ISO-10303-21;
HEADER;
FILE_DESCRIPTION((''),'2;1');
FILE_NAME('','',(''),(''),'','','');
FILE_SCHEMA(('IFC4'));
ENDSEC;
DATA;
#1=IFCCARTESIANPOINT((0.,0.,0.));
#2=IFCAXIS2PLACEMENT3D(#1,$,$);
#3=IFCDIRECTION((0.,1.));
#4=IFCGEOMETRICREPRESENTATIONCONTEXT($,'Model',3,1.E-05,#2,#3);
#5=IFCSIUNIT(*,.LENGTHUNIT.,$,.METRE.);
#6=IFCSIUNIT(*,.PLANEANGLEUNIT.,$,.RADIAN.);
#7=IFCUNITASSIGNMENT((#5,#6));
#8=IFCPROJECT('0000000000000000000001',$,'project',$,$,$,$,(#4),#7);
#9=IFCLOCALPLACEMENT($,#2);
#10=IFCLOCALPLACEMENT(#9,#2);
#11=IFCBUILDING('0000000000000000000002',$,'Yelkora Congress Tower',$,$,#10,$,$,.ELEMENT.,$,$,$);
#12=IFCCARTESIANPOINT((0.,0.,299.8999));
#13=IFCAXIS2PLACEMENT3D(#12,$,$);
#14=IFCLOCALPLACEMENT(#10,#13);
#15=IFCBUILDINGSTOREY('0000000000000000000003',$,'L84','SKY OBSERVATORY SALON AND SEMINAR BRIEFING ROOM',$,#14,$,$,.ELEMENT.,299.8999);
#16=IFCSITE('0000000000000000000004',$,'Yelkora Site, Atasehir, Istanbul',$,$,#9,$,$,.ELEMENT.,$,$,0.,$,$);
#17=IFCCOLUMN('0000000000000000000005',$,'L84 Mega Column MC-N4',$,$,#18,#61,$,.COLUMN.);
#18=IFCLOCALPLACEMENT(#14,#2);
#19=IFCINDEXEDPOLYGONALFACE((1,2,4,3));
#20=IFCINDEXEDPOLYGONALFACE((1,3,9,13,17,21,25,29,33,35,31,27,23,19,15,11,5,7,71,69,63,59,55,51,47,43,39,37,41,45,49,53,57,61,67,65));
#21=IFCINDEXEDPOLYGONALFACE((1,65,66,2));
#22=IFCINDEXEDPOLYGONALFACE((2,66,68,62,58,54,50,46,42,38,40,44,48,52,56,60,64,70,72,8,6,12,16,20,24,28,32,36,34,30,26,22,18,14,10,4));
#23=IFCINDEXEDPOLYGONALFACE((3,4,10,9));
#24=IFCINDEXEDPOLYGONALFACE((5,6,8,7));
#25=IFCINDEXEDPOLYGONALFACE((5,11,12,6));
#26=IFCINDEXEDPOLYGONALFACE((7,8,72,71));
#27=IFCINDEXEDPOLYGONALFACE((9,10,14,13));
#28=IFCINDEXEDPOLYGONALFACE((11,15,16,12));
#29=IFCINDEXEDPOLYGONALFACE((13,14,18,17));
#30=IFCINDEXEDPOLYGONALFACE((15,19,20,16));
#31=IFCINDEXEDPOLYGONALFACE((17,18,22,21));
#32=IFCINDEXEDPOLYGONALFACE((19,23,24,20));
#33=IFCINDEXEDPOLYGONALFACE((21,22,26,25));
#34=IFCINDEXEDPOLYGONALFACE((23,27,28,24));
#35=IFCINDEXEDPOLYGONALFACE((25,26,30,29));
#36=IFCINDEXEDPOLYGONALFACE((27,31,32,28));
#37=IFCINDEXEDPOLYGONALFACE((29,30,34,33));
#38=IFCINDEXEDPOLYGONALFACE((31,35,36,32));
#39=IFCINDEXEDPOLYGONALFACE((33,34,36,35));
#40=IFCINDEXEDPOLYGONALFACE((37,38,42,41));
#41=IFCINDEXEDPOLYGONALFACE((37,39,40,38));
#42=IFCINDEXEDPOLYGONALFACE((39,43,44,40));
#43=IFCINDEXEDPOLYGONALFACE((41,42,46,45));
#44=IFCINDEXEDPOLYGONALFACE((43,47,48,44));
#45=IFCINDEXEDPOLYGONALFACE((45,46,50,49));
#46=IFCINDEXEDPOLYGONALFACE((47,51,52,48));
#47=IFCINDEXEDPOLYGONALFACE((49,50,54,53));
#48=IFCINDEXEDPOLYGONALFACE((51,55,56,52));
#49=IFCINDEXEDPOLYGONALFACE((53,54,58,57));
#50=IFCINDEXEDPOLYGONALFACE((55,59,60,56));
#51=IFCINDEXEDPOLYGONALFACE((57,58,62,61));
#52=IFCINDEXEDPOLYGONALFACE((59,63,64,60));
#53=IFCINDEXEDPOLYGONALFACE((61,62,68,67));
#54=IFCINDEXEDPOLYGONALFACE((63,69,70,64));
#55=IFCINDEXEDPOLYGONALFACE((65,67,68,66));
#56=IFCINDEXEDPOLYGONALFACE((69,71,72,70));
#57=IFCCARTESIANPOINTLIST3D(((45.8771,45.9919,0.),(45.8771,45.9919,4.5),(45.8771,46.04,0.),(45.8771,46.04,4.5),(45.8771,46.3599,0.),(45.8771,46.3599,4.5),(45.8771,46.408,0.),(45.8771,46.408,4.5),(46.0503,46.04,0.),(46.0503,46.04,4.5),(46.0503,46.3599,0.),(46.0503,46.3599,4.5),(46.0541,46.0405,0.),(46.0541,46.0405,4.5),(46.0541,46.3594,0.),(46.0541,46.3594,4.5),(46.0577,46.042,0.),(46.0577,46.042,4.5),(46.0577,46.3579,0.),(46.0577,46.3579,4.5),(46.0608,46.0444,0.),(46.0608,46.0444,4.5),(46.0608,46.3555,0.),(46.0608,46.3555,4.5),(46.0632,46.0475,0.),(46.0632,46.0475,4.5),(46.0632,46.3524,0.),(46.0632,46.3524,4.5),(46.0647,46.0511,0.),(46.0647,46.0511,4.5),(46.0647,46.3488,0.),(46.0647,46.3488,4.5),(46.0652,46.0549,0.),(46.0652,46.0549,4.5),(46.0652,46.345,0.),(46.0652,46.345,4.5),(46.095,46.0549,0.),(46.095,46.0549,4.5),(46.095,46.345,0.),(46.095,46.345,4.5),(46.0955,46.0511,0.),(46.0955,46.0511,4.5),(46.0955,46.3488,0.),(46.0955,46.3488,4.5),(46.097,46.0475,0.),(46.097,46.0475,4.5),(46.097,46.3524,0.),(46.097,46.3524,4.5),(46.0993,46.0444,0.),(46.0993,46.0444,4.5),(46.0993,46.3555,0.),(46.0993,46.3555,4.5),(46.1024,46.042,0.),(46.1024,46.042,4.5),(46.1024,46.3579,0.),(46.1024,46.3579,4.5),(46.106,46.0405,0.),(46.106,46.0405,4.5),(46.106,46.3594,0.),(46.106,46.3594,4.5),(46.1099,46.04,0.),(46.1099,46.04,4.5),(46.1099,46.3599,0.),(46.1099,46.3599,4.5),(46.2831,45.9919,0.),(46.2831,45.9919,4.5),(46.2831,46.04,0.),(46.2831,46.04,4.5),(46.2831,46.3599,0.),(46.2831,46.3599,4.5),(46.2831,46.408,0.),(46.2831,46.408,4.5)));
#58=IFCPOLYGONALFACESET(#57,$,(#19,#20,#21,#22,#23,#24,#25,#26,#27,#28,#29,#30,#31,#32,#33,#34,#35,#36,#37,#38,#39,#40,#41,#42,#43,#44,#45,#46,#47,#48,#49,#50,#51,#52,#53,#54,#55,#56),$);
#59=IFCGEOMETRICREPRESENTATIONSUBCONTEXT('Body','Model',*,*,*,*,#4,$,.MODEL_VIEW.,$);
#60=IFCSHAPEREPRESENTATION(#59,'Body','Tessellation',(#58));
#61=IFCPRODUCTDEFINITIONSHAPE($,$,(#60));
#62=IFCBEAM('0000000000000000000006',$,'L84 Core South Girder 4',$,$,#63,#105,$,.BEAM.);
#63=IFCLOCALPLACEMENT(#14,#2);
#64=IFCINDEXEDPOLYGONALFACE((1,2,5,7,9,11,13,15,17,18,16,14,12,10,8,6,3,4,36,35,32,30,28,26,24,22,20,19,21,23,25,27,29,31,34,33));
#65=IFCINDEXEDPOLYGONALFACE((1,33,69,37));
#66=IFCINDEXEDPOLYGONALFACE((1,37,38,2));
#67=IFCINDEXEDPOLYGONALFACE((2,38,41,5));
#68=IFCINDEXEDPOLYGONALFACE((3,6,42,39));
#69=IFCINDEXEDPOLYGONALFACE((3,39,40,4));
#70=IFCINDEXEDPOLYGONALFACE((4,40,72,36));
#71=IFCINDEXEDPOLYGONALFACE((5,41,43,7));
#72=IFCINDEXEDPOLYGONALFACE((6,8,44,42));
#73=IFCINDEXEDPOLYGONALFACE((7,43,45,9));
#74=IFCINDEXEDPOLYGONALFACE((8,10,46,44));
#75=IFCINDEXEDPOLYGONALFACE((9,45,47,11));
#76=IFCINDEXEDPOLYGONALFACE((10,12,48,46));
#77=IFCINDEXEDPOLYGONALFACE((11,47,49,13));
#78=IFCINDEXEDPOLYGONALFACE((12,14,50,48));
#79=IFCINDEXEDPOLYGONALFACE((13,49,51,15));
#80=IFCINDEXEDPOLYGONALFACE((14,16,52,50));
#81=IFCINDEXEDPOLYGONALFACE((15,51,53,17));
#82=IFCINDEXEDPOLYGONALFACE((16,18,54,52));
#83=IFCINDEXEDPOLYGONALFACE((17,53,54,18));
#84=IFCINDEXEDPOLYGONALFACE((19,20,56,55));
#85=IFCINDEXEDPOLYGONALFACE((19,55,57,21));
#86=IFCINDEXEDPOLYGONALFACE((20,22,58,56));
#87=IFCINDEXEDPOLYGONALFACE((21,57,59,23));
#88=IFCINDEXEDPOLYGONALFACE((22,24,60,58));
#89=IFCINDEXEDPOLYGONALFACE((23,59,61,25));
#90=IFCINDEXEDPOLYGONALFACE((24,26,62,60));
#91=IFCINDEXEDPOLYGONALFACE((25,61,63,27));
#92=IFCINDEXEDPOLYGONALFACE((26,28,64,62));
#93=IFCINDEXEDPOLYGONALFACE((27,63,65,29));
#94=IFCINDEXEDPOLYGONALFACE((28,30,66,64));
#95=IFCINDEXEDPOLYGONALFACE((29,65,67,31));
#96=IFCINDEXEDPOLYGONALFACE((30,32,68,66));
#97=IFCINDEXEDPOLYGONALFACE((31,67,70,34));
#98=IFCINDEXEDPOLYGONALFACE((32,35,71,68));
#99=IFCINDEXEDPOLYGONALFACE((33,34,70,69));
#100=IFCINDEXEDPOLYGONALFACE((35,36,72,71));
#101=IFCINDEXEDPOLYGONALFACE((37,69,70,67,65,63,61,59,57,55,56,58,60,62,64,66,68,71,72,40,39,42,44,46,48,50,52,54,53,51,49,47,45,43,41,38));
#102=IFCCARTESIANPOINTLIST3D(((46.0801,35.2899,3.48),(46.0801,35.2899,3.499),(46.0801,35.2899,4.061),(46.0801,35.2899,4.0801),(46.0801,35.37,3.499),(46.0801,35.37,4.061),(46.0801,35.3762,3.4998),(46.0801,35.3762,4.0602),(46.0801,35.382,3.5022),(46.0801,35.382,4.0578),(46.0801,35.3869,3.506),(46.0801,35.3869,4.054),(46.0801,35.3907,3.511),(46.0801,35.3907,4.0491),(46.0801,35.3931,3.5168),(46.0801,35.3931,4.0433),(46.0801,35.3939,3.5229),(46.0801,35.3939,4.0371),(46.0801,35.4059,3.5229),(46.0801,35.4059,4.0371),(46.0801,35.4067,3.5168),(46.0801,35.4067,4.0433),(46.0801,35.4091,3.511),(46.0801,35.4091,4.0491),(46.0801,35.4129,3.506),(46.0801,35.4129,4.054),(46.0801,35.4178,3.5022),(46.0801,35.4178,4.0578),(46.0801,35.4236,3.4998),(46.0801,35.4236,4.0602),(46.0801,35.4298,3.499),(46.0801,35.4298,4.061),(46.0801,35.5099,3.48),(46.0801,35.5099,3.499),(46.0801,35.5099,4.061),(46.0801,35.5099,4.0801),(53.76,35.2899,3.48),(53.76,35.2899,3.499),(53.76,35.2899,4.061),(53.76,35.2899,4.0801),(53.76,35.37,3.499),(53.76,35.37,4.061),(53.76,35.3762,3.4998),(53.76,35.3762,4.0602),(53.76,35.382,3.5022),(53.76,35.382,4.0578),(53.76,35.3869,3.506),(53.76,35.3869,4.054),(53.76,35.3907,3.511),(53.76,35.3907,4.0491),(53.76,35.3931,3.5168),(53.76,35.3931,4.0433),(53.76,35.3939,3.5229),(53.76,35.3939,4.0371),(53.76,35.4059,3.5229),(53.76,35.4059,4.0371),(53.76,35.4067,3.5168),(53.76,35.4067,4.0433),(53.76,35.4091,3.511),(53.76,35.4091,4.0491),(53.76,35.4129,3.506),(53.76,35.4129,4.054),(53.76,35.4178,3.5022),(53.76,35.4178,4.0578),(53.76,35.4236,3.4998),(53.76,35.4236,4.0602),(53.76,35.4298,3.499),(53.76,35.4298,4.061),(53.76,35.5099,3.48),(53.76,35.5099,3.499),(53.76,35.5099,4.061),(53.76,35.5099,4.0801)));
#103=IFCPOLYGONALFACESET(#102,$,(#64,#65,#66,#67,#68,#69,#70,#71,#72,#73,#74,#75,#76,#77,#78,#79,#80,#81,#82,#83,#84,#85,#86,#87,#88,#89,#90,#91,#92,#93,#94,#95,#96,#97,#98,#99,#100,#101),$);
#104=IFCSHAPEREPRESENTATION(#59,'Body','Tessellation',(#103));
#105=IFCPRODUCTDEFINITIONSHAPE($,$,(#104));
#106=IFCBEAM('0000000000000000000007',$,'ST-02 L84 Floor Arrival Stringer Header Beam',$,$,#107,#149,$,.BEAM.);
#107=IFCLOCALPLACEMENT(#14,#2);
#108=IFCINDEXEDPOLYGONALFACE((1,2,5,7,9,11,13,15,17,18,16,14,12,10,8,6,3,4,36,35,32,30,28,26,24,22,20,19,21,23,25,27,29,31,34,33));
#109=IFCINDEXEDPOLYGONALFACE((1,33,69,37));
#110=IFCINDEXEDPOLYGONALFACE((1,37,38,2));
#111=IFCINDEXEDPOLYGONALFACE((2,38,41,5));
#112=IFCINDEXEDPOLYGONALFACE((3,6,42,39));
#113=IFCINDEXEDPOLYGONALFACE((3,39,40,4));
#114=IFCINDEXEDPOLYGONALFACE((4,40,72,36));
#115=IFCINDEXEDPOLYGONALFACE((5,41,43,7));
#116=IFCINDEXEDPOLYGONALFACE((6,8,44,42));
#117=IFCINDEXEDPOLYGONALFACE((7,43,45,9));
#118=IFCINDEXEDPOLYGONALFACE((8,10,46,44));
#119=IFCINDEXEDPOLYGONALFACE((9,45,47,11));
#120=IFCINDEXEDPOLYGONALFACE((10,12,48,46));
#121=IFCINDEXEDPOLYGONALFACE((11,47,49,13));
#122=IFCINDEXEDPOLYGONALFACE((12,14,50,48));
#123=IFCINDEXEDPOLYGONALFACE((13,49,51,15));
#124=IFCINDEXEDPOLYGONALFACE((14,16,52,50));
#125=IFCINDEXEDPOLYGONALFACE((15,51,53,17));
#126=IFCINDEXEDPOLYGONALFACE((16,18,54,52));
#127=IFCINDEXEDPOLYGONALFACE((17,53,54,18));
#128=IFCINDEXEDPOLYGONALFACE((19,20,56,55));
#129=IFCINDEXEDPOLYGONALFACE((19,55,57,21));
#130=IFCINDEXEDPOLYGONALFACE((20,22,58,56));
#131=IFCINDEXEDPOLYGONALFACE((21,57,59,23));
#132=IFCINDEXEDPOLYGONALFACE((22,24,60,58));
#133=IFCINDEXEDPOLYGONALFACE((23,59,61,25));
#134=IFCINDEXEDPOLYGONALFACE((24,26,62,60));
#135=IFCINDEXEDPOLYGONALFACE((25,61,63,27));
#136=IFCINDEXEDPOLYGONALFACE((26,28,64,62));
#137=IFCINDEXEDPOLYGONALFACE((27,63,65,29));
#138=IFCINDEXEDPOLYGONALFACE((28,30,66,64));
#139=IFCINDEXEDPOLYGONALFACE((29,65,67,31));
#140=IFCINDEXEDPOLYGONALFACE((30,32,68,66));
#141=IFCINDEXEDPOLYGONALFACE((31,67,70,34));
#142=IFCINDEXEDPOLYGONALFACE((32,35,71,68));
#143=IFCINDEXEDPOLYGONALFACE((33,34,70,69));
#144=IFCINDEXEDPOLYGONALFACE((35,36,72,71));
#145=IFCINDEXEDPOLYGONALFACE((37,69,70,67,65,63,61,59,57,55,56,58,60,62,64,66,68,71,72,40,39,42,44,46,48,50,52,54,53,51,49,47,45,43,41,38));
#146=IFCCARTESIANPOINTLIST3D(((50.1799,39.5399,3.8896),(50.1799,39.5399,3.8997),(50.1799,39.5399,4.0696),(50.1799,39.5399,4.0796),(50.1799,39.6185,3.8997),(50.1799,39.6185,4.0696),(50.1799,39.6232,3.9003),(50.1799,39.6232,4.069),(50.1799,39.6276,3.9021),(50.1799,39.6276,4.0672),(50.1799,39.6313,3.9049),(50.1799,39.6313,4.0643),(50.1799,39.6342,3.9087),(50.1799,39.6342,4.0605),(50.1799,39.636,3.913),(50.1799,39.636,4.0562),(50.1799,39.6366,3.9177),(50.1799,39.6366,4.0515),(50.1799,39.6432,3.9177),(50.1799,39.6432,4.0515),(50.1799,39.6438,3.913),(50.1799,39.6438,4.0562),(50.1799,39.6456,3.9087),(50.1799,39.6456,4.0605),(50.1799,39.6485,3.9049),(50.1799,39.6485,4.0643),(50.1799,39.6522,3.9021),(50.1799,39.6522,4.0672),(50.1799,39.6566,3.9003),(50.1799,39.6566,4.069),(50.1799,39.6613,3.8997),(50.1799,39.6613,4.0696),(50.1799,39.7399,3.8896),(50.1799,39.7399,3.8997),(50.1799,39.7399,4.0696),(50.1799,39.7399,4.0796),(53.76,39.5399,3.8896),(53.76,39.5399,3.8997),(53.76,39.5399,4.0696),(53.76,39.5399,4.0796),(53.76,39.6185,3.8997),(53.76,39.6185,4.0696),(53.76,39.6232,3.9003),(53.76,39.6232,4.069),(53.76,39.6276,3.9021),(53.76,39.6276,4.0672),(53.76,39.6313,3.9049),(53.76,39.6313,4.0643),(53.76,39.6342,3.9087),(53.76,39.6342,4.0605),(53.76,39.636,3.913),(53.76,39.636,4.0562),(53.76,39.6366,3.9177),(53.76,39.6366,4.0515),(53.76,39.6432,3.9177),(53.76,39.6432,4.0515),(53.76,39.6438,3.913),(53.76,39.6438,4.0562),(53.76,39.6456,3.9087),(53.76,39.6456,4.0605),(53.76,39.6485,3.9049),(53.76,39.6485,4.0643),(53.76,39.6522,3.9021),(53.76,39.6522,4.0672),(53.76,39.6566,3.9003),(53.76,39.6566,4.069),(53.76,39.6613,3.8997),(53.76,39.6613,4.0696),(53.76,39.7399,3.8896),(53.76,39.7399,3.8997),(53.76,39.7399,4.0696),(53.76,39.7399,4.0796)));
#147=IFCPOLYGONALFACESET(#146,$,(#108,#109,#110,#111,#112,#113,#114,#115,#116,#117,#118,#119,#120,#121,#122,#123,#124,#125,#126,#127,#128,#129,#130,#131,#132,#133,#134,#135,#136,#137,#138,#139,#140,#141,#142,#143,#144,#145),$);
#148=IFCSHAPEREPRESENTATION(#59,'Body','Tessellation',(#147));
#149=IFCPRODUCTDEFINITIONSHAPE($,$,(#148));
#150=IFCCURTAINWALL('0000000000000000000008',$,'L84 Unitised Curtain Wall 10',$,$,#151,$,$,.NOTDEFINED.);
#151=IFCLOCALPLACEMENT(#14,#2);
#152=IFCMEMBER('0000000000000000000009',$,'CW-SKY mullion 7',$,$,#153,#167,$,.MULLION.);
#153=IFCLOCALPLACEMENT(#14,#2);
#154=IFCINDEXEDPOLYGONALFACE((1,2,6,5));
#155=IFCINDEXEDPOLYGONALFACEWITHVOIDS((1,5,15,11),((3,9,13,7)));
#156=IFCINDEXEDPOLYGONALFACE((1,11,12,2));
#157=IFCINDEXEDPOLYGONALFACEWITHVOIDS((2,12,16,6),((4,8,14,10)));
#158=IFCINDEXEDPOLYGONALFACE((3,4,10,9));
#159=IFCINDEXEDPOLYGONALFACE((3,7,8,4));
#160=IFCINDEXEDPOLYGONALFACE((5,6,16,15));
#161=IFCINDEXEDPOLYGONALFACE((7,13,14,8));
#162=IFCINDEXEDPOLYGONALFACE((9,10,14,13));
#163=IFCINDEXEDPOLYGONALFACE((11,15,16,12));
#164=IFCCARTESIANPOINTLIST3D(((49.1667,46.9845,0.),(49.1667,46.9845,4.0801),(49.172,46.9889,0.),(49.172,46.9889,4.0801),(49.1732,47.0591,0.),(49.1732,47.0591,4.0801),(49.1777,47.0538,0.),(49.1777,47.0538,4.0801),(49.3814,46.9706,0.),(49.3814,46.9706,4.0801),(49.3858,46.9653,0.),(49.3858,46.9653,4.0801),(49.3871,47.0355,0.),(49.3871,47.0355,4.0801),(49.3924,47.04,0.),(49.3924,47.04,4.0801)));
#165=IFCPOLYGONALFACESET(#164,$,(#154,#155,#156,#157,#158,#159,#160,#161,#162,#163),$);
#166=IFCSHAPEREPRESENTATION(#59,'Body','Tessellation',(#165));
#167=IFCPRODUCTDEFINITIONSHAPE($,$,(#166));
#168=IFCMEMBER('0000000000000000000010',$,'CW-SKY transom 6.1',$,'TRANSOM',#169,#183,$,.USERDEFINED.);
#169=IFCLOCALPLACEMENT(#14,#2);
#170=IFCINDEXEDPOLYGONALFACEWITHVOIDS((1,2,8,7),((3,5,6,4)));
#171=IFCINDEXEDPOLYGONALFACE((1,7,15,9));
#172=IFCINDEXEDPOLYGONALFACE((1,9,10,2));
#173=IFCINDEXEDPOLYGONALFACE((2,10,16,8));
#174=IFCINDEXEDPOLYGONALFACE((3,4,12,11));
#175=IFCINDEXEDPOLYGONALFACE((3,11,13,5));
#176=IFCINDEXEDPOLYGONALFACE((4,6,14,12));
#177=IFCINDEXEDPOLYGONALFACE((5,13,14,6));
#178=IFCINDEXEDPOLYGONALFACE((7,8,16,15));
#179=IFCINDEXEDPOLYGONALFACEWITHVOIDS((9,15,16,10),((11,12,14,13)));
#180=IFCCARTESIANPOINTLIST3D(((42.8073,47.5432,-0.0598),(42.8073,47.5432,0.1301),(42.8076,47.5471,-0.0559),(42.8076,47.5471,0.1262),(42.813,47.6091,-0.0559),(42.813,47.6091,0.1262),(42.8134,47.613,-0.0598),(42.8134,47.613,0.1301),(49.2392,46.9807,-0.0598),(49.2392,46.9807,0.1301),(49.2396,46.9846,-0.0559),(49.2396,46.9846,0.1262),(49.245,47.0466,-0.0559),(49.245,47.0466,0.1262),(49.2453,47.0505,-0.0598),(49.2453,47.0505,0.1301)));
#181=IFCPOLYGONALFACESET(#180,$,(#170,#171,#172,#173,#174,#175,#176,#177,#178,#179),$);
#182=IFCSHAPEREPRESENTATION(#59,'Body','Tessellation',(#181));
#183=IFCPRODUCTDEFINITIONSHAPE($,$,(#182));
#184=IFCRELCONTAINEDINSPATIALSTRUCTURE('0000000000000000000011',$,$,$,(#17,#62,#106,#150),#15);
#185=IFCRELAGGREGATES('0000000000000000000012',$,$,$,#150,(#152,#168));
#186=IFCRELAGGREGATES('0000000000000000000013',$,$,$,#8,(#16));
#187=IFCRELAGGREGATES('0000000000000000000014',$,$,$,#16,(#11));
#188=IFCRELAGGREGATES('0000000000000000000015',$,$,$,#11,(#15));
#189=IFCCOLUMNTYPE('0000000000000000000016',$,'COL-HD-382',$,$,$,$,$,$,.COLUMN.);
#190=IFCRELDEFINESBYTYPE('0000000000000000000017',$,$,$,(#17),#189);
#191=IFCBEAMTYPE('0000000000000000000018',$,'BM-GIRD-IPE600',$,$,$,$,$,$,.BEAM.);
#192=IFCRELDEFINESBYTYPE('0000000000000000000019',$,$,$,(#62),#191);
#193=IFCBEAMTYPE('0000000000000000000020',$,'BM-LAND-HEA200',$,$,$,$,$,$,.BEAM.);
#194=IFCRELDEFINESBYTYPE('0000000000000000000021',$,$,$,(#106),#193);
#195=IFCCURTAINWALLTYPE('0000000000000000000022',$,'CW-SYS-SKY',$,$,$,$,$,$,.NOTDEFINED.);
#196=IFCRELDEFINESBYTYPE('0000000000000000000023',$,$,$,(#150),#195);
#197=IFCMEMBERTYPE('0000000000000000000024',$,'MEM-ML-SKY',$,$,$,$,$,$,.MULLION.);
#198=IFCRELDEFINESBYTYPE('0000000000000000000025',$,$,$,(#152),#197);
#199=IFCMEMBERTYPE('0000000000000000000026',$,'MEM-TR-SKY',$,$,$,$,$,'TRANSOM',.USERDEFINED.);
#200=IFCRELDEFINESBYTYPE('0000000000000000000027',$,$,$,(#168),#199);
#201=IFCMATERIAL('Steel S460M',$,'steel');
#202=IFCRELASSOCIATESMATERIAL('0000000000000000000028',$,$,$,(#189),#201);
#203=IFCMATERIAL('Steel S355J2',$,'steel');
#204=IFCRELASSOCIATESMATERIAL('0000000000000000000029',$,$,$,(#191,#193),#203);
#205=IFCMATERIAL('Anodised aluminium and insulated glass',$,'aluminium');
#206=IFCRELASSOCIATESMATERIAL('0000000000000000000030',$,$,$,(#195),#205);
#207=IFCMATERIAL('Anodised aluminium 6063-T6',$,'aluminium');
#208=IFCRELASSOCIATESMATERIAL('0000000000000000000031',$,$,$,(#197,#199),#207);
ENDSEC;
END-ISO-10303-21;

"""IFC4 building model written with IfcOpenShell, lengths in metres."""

from ifc_helpers import new_model, si_unit, direction, frame, origin, origin_2d, place, context, subcontext, project, spatial, hollow_rectangle, i_section, extrude, material, material_profile, profile_set, type_object, element, aggregate, save


model = new_model("IFC4")

# Units and contexts
model_context = context("Model", 3, precision=1e-05, world=origin(), true_north=direction((0.0, 1.0)))
body_context = subcontext(model_context, "Body", "Model", "MODEL_VIEW")
ifc_project = project(units=[si_unit("LENGTHUNIT", "METRE"), si_unit("PLANEANGLEUNIT", "RADIAN")], contexts=[model_context])

# Site, building, storey
site_placement = place(None, origin())
site = spatial("IfcSite", under=ifc_project, at=site_placement, Name="Yelkora Site, Atasehir, Istanbul", CompositionType="ELEMENT", RefElevation=0.0)
building_placement = place(site_placement, origin())
building = spatial("IfcBuilding", under=site, at=building_placement, Name="Yelkora Congress Tower", CompositionType="ELEMENT")
storey_placement = place(building_placement, frame((0.0, 0.0, 299.8999)))
storey = spatial("IfcBuildingStorey", under=building, at=storey_placement, Name="L84", Description="SKY OBSERVATORY SALON AND SEMINAR BRIEFING ROOM", CompositionType="ELEMENT", Elevation=299.8999)

# Column
ifc_material_1 = material(Name="Steel S460M", Category="steel")
ifc_material_profile_1 = material_profile(ifc_material_1, i_section(OverallWidth=0.406, OverallDepth=0.416, WebThickness=0.0298, FlangeThickness=0.0481, FilletRadius=0.0149, at=origin_2d()), Name="HD 400x382")
ifc_profile_set_1 = profile_set([ifc_material_profile_1], Name="Steel S460M")
column_type = type_object("IfcColumnType", Name="COL-HD-382", PredefinedType="COLUMN", material=ifc_profile_set_1)
column_placement = place(storey_placement, frame((46.0801, 46.2, 0.0), z_axis=(0.0, 0.0, 1.0), x_axis=(1.0, 0.0, 0.0)))
element("IfcColumn", 1, at=column_placement, inside=storey, type_object=column_type, Name="L84 Mega Column MC-N4", PredefinedType="COLUMN", context=body_context, shape_type="SweptSolid", body=[
    extrude(i_section(OverallWidth=0.406, OverallDepth=0.416, WebThickness=0.0298, FlangeThickness=0.0481, FilletRadius=0.0149, at=origin_2d()), origin(), (0.0, 0.0, 1.0), 4.5),
])

# Beams
ifc_material_2 = material(Name="Steel S355J2", Category="steel")
ifc_material_profile_2 = material_profile(ifc_material_2, i_section(OverallWidth=0.22, OverallDepth=0.6001, WebThickness=0.012, FlangeThickness=0.019, FilletRadius=0.0239, at=origin_2d()), Name="IPE 600")
ifc_profile_set_2 = profile_set([ifc_material_profile_2], Name="Steel S355J2")
beam_type_1 = type_object("IfcBeamType", Name="BM-GIRD-IPE600", PredefinedType="BEAM", material=ifc_profile_set_2)
beam_1_placement = place(storey_placement, frame((46.0801, 35.3999, 3.78), z_axis=(1.0, 0.0, 0.0), x_axis=(0.0, 1.0, 0.0)))
element("IfcBeam", 2, at=beam_1_placement, inside=storey, type_object=beam_type_1, Name="L84 Core South Girder 4", PredefinedType="BEAM", context=body_context, shape_type="SweptSolid", body=[
    extrude(i_section(OverallWidth=0.22, OverallDepth=0.6001, WebThickness=0.012, FlangeThickness=0.019, FilletRadius=0.0239, at=origin_2d()), origin(), (0.0, 0.0, 1.0), 7.6799),
])
ifc_material_profile_3 = material_profile(ifc_material_2, i_section(OverallWidth=0.2, OverallDepth=0.1899, WebThickness=0.0066, FlangeThickness=0.01, FilletRadius=0.0181, at=origin_2d()), Name="HEA 200")
ifc_profile_set_3 = profile_set([ifc_material_profile_3], Name="Steel S355J2")
beam_type_2 = type_object("IfcBeamType", Name="BM-LAND-HEA200", PredefinedType="BEAM", material=ifc_profile_set_3)
beam_2_placement = place(storey_placement, frame((50.1799, 39.6399, 3.9846), z_axis=(1.0, 0.0, 0.0), x_axis=(0.0, 1.0, 0.0)))
element("IfcBeam", 3, at=beam_2_placement, inside=storey, type_object=beam_type_2, Name="ST-02 L84 Floor Arrival Stringer Header Beam", PredefinedType="BEAM", context=body_context, shape_type="SweptSolid", body=[
    extrude(i_section(OverallWidth=0.2, OverallDepth=0.1899, WebThickness=0.0066, FlangeThickness=0.01, FilletRadius=0.0181, at=origin_2d()), origin(), (0.0, 0.0, 1.0), 3.5801),
])

# Curtain wall, members
ifc_material_3 = material(Name="Anodised aluminium and insulated glass", Category="aluminium")
curtain_wall_type = type_object("IfcCurtainWallType", Name="CW-SYS-SKY", PredefinedType="NOTDEFINED", material=ifc_material_3)
curtain_wall_placement = place(storey_placement, origin())
curtain_wall = element("IfcCurtainWall", 4, at=curtain_wall_placement, inside=storey, type_object=curtain_wall_type, Name="L84 Unitised Curtain Wall 10", PredefinedType="NOTDEFINED")
ifc_material_4 = material(Name="Anodised aluminium 6063-T6", Category="aluminium")
ifc_material_profile_4 = material_profile(ifc_material_4, hollow_rectangle(XDim=0.075, YDim=0.22, WallThickness=0.0049, at=origin_2d()), Name="ALU 75x220x5")
ifc_profile_set_4 = profile_set([ifc_material_profile_4], Name="Anodised aluminium 6063-T6")
member_type_1 = type_object("IfcMemberType", Name="MEM-ML-SKY", PredefinedType="MULLION", material=ifc_profile_set_4)
member_1_placement = place(storey_placement, frame((49.2795, 47.0122, 0.0), z_axis=(0.0, 0.0, 1.0), x_axis=(0.087157, 0.996195, 0.0)))
member_1 = element("IfcMember", 5, at=member_1_placement, type_object=member_type_1, Name="CW-SKY mullion 7", PredefinedType="MULLION", context=body_context, shape_type="SweptSolid", body=[
    extrude(hollow_rectangle(XDim=0.075, YDim=0.22, WallThickness=0.0049, at=origin_2d()), origin(), (0.0, 0.0, 1.0), 4.0801),
])
ifc_material_profile_5 = material_profile(ifc_material_4, hollow_rectangle(XDim=0.0701, YDim=0.1899, WallThickness=0.0039, at=origin_2d()), Name="ALU 70x190x4")
ifc_profile_set_5 = profile_set([ifc_material_profile_5], Name="Anodised aluminium 6063-T6")
member_type_2 = type_object("IfcMemberType", Name="MEM-TR-SKY", ElementType="TRANSOM", PredefinedType="USERDEFINED", material=ifc_profile_set_5)
member_2_placement = place(storey_placement, frame((42.8103, 47.5781, 0.0352), z_axis=(0.996198, -0.087122, 0.0), x_axis=(0.087122, 0.996198, 0.0)))
member_2 = element("IfcMember", 6, at=member_2_placement, type_object=member_type_2, Name="CW-SKY transom 6.1", ObjectType="TRANSOM", PredefinedType="USERDEFINED", context=body_context, shape_type="SweptSolid", body=[
    extrude(hollow_rectangle(XDim=0.0701, YDim=0.1899, WallThickness=0.0039, at=origin_2d()), origin(), (0.0, 0.0, 1.0), 6.4565),
])
aggregate(curtain_wall, [member_1, member_2])

save(model, "model.ifc")
